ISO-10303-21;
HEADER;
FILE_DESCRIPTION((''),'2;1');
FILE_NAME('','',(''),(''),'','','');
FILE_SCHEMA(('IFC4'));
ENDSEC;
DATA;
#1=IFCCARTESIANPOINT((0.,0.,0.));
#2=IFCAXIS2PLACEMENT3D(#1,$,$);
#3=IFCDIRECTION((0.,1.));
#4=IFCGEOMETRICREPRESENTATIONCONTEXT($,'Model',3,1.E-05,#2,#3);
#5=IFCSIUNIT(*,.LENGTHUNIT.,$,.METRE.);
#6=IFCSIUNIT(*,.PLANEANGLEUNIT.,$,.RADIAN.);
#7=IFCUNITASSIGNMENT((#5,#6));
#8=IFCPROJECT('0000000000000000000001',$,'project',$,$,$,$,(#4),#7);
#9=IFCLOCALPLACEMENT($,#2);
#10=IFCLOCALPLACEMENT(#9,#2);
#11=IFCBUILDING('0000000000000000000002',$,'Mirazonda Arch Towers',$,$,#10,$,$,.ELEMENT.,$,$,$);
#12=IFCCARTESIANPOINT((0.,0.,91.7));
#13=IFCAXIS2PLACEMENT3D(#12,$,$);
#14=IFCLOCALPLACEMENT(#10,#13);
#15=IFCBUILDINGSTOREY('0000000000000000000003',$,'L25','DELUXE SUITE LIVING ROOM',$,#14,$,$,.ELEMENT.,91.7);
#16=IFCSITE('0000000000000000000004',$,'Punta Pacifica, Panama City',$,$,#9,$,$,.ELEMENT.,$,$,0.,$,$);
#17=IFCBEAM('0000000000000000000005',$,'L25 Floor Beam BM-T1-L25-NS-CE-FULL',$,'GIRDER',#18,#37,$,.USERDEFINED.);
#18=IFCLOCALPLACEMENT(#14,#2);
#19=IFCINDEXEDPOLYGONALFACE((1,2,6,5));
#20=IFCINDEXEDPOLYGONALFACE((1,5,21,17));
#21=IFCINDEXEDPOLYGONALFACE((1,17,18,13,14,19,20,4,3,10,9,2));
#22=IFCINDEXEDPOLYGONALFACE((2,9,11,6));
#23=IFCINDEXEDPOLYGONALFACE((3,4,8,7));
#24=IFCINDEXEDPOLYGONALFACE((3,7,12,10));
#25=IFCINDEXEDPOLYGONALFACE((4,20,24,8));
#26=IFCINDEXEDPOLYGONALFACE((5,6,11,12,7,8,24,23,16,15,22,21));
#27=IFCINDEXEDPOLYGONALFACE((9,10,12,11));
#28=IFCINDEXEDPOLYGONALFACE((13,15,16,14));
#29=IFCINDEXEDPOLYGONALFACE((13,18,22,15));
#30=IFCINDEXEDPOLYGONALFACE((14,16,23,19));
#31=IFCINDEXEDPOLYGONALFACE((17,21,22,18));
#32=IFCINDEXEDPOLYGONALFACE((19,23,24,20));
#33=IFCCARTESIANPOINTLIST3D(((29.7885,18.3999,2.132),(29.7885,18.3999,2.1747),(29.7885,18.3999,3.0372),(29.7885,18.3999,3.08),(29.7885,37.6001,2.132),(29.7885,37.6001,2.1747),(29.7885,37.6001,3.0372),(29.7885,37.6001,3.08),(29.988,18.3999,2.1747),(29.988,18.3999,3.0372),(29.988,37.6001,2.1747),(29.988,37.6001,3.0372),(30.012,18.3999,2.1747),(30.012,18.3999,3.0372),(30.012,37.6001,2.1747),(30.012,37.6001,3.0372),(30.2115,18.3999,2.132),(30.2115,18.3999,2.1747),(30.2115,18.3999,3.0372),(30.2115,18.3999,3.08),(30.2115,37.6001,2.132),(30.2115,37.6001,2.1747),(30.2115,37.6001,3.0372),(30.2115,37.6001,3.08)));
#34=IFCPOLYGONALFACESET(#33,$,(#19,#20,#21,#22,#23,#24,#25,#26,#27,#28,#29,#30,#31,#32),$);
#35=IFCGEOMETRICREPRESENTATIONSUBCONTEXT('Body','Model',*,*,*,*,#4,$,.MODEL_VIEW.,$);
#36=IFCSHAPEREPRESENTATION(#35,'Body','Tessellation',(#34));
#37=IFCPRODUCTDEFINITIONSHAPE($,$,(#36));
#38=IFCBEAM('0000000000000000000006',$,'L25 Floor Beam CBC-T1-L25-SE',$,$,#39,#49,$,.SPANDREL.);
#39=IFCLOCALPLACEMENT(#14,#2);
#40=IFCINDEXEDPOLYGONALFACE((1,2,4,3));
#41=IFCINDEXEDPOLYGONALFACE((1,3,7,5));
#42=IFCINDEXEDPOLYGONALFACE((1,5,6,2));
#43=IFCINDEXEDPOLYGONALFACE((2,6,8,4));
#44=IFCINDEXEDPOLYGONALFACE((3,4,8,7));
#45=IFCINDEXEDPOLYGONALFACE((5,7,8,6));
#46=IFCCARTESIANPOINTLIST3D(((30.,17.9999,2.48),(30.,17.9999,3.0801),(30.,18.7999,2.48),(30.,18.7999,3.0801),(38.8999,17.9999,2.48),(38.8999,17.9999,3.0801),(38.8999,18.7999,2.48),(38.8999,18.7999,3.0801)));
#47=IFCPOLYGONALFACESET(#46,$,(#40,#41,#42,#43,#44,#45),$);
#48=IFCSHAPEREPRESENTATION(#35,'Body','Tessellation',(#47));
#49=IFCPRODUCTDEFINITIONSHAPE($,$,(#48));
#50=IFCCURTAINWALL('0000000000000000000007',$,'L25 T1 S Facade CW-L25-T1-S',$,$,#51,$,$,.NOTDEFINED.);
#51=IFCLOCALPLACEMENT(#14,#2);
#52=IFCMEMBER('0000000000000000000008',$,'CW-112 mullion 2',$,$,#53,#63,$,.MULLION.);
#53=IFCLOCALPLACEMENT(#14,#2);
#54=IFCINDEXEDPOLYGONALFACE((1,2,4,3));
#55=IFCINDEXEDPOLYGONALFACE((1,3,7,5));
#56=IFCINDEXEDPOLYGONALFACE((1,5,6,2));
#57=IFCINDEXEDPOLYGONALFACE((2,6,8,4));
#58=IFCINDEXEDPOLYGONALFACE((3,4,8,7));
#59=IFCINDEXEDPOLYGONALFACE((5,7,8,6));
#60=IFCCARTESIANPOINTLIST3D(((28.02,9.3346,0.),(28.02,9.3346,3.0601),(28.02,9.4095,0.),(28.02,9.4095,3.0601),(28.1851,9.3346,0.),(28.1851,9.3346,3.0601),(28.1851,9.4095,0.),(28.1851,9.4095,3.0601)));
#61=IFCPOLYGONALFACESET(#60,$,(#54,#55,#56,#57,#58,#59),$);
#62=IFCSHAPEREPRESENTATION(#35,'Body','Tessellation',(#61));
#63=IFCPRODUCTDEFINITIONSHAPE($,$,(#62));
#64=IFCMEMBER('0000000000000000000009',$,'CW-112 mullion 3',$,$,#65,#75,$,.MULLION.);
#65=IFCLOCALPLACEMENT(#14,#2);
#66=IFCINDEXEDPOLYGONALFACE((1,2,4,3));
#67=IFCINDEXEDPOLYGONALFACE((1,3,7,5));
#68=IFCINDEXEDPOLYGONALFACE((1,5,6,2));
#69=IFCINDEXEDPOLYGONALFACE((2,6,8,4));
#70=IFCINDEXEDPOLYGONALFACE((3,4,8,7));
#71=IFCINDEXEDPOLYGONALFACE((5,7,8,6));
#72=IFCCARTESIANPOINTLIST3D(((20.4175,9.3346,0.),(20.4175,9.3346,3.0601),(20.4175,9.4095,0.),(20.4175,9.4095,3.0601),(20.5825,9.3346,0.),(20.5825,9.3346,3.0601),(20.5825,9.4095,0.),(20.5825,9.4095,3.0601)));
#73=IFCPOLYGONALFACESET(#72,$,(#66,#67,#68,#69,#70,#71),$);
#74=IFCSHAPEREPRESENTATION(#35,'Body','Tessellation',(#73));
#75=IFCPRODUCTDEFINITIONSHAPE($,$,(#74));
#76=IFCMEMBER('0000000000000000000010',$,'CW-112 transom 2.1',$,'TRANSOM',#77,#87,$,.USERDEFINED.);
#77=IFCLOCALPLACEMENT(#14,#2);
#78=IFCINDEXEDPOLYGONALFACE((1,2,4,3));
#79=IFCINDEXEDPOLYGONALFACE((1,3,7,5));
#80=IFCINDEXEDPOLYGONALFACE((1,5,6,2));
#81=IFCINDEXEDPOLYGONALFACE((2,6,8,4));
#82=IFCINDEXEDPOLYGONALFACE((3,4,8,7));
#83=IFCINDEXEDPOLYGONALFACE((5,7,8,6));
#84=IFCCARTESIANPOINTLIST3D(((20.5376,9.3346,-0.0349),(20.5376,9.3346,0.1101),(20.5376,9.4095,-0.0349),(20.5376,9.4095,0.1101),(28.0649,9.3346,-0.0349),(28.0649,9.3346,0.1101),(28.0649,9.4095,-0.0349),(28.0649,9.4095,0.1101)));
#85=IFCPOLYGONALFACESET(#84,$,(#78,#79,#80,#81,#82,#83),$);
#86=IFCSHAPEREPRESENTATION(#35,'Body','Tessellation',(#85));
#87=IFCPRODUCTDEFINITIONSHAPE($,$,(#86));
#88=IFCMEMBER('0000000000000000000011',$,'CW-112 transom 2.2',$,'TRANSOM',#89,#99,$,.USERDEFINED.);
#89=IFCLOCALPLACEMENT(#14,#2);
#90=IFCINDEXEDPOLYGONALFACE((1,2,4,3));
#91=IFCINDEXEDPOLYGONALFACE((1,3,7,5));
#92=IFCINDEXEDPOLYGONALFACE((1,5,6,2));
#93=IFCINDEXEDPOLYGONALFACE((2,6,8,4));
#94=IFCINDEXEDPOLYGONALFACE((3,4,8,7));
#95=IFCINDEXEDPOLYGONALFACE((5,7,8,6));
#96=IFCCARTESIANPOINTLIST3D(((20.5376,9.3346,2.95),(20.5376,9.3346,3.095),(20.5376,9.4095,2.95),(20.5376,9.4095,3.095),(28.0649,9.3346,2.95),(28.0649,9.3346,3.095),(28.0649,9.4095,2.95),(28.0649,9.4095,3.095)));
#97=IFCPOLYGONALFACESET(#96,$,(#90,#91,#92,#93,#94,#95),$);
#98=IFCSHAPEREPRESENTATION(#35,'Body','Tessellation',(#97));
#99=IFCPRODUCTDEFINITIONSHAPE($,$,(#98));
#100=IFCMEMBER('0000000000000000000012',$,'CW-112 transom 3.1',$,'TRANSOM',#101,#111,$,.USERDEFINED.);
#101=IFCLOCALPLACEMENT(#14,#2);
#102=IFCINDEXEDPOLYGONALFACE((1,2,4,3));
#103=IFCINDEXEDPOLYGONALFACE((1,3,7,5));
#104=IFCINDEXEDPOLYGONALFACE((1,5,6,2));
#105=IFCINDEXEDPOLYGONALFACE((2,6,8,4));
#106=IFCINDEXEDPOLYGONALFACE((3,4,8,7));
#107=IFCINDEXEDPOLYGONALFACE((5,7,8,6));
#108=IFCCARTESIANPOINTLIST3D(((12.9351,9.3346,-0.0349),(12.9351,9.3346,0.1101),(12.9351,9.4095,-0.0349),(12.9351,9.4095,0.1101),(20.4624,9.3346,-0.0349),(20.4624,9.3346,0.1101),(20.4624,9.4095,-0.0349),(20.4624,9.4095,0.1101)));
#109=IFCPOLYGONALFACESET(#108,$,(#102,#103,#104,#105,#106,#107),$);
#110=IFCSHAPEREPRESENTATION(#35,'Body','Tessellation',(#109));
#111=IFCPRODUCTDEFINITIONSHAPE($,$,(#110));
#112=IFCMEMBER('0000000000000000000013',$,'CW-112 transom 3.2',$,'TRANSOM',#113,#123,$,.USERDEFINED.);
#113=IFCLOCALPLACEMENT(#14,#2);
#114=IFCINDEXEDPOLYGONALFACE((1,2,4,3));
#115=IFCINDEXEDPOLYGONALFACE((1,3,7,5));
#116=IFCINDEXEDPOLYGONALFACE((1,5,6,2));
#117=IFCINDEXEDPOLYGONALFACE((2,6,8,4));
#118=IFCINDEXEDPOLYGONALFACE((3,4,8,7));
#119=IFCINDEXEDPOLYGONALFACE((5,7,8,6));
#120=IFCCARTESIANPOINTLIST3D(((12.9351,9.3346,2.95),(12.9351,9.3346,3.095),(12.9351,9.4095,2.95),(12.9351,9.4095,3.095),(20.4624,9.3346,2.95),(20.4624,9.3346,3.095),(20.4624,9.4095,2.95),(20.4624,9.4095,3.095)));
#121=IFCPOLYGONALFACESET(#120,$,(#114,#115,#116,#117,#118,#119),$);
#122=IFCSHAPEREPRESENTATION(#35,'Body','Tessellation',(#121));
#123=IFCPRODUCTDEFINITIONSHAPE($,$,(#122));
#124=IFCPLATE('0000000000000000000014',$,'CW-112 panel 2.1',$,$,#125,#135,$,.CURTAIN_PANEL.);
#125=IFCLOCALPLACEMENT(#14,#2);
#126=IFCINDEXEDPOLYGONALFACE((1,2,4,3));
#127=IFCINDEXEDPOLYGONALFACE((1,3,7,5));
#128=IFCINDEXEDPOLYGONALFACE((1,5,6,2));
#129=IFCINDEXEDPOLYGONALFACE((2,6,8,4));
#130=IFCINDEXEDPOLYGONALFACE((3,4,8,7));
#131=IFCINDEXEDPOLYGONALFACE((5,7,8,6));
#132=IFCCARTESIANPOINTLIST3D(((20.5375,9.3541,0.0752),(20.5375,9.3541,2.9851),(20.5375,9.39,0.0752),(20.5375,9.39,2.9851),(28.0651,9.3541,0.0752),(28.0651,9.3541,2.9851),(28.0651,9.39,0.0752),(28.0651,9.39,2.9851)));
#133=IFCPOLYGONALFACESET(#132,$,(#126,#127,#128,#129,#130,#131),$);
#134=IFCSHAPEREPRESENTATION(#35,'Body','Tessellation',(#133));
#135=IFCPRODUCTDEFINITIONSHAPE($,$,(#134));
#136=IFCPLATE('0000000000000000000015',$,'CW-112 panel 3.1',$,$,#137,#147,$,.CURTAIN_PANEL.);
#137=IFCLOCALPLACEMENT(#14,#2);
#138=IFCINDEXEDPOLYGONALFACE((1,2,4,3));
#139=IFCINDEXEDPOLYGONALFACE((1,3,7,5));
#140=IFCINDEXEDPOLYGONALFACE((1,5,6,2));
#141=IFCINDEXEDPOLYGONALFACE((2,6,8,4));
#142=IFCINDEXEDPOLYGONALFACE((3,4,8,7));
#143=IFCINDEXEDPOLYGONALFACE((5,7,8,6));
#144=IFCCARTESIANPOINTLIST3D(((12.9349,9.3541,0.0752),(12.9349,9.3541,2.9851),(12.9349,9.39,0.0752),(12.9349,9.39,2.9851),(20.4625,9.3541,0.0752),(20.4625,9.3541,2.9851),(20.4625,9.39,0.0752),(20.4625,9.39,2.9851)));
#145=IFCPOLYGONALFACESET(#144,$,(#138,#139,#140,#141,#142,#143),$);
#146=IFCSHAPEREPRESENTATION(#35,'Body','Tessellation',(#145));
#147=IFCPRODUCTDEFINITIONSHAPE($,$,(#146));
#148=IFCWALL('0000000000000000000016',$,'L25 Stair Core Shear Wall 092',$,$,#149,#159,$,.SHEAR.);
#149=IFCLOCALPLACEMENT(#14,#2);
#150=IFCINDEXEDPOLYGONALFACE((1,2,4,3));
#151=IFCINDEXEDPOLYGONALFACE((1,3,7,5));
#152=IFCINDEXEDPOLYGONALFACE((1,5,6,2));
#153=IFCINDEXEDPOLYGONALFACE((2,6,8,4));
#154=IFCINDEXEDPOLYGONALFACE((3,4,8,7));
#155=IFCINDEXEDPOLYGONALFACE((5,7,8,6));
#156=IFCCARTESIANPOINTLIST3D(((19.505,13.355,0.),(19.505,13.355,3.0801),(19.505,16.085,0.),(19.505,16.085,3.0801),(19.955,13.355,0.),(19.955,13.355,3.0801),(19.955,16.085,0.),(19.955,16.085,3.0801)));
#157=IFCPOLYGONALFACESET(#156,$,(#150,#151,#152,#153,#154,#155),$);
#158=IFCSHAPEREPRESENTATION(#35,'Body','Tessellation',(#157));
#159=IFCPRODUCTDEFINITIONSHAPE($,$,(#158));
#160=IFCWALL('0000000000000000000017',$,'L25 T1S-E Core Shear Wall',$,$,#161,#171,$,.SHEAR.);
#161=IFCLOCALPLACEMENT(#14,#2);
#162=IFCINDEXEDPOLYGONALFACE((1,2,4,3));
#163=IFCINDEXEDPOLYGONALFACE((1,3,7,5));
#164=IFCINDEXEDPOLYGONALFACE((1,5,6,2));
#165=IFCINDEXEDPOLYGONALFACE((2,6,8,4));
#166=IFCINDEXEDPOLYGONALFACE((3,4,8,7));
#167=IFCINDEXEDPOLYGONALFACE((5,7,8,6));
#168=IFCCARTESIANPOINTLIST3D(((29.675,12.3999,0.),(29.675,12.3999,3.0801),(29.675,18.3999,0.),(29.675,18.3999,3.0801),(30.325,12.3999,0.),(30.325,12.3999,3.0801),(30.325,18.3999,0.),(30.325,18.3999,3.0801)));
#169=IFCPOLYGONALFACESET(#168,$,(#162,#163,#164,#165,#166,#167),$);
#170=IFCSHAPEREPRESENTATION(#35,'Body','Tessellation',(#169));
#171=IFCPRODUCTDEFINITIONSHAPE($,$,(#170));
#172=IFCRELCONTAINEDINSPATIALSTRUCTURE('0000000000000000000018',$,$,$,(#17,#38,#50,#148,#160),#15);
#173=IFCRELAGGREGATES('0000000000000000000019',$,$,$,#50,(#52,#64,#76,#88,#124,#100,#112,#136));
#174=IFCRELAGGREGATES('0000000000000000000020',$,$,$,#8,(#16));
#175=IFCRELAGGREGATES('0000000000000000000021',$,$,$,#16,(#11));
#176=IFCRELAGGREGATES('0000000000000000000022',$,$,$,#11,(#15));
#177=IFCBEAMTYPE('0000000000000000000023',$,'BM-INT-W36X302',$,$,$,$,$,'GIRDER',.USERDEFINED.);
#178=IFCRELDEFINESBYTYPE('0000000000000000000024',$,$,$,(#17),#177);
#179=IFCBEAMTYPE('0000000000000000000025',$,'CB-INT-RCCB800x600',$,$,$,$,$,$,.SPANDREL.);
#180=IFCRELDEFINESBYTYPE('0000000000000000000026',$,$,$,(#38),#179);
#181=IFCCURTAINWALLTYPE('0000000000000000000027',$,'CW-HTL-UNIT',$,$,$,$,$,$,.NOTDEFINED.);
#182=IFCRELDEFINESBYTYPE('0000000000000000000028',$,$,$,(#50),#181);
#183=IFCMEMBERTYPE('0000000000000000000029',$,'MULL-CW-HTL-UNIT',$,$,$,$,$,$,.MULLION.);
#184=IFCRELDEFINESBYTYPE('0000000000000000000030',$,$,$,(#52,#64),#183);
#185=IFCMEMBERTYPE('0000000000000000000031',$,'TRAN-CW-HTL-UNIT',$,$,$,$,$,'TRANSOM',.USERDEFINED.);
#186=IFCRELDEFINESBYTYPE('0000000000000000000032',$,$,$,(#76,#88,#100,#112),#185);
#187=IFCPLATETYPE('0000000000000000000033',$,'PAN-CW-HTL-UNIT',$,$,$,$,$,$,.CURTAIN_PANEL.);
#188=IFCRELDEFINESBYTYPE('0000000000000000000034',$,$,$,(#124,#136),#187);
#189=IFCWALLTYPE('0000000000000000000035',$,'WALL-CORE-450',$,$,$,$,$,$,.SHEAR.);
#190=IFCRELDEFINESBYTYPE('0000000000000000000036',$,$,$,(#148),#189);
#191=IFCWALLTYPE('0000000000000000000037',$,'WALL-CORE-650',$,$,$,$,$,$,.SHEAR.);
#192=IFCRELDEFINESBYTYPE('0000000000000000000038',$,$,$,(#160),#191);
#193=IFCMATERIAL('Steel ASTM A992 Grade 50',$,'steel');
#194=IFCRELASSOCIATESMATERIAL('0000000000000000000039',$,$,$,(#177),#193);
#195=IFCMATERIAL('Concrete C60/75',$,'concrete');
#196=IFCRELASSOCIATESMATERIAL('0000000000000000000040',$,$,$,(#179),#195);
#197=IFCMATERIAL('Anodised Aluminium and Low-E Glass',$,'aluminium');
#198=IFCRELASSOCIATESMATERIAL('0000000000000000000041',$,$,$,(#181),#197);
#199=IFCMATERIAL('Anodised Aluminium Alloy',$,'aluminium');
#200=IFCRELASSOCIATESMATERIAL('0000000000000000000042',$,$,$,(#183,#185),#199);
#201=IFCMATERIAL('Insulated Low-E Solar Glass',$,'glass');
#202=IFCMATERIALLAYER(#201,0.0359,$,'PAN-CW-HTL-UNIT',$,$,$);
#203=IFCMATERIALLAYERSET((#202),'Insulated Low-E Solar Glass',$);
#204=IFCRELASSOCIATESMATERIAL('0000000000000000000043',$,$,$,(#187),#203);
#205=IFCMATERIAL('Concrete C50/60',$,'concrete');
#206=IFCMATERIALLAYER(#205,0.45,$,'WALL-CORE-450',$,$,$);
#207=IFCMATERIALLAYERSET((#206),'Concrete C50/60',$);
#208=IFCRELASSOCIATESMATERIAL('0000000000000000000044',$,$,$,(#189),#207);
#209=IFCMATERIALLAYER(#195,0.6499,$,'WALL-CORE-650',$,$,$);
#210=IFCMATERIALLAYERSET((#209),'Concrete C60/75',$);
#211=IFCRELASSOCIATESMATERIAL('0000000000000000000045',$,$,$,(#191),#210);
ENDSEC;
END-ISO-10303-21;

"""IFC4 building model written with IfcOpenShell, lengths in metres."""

from ifc_helpers import new_model, si_unit, direction, frame, frame_2d, origin, origin_2d, place, context, subcontext, project, spatial, rectangle, i_section, extrude, material, layer, layer_set, material_profile, profile_set, type_object, element, aggregate, save


model = new_model("IFC4")

# Units and contexts
model_context = context("Model", 3, precision=1e-05, world=origin(), true_north=direction((0.0, 1.0)))
body_context = subcontext(model_context, "Body", "Model", "MODEL_VIEW")
ifc_project = project(units=[si_unit("LENGTHUNIT", "METRE"), si_unit("PLANEANGLEUNIT", "RADIAN")], contexts=[model_context])

# Site, building, storey
site_placement = place(None, origin())
site = spatial("IfcSite", under=ifc_project, at=site_placement, Name="Punta Pacifica, Panama City", CompositionType="ELEMENT", RefElevation=0.0)
building_placement = place(site_placement, origin())
building = spatial("IfcBuilding", under=site, at=building_placement, Name="Mirazonda Arch Towers", CompositionType="ELEMENT")
storey_placement = place(building_placement, frame((0.0, 0.0, 91.7)))
storey = spatial("IfcBuildingStorey", under=building, at=storey_placement, Name="L25", Description="DELUXE SUITE LIVING ROOM", CompositionType="ELEMENT", Elevation=91.7)

# Shared definitions
ifc_material_1 = material(Name="Concrete C50/60", Category="concrete")

# Beams
ifc_material_2 = material(Name="Steel ASTM A992 Grade 50", Category="steel")
ifc_material_profile_1 = material_profile(ifc_material_2, i_section(OverallWidth=0.4231, OverallDepth=0.948, WebThickness=0.0239, FlangeThickness=0.0427, at=origin_2d()), Name="W36X302")
ifc_profile_set_1 = profile_set([ifc_material_profile_1], Name="Steel ASTM A992 Grade 50")
beam_type_1 = type_object("IfcBeamType", Name="BM-INT-W36X302", ElementType="GIRDER", PredefinedType="USERDEFINED", material=ifc_profile_set_1)
beam_1_placement = place(storey_placement, frame((30.0, 18.3999, 2.606), z_axis=(0.0, 1.0, 0.0), x_axis=(-1.0, 0.0, 0.0)))
element("IfcBeam", 1, at=beam_1_placement, inside=storey, type_object=beam_type_1, Name="L25 Floor Beam BM-T1-L25-NS-CE-FULL", ObjectType="GIRDER", PredefinedType="USERDEFINED", context=body_context, shape_type="SweptSolid", body=[
    extrude(i_section(OverallWidth=0.4231, OverallDepth=0.948, WebThickness=0.0239, FlangeThickness=0.0427, at=origin_2d()), origin(), (0.0, 0.0, 1.0), 19.2002),
])
ifc_material_3 = material(Name="Concrete C60/75", Category="concrete")
ifc_material_profile_2 = material_profile(ifc_material_3, rectangle(XDim=0.8, YDim=0.6001, at=origin_2d()), Name="RCCB800x600")
ifc_profile_set_2 = profile_set([ifc_material_profile_2], Name="Concrete C60/75")
beam_type_2 = type_object("IfcBeamType", Name="CB-INT-RCCB800x600", PredefinedType="SPANDREL", material=ifc_profile_set_2)
beam_2_placement = place(storey_placement, frame((30.0, 18.3999, 2.78), z_axis=(1.0, 0.0, 0.0), x_axis=(0.0, 1.0, 0.0)))
element("IfcBeam", 2, at=beam_2_placement, inside=storey, type_object=beam_type_2, Name="L25 Floor Beam CBC-T1-L25-SE", PredefinedType="SPANDREL", context=body_context, shape_type="SweptSolid", body=[
    extrude(rectangle(XDim=0.8, YDim=0.6001, at=origin_2d()), origin(), (0.0, 0.0, 1.0), 8.8999),
])

# Curtain wall, members, plates
ifc_material_4 = material(Name="Anodised Aluminium and Low-E Glass", Category="aluminium")
curtain_wall_type = type_object("IfcCurtainWallType", Name="CW-HTL-UNIT", PredefinedType="NOTDEFINED", material=ifc_material_4)
curtain_wall_placement = place(storey_placement, origin())
curtain_wall = element("IfcCurtainWall", 3, at=curtain_wall_placement, inside=storey, type_object=curtain_wall_type, Name="L25 T1 S Facade CW-L25-T1-S", PredefinedType="NOTDEFINED")
ifc_material_5 = material(Name="Anodised Aluminium Alloy", Category="aluminium")
ifc_material_profile_3 = material_profile(ifc_material_5, rectangle(XDim=0.075, YDim=0.165, at=origin_2d()), Name="ALU-MULL-75x165")
ifc_profile_set_3 = profile_set([ifc_material_profile_3], Name="Anodised Aluminium Alloy")
member_type_1 = type_object("IfcMemberType", Name="MULL-CW-HTL-UNIT", PredefinedType="MULLION", material=ifc_profile_set_3)
member_1_placement = place(storey_placement, frame((28.1025, 9.3721, 0.0), z_axis=(0.0, 0.0, 1.0), x_axis=(0.0, -1.0, 0.0)))
member_1 = element("IfcMember", 4, at=member_1_placement, type_object=member_type_1, Name="CW-112 mullion 2", PredefinedType="MULLION", context=body_context, shape_type="SweptSolid", body=[
    extrude(rectangle(XDim=0.075, YDim=0.165, at=origin_2d()), origin(), (0.0, 0.0, 1.0), 3.0601),
])
member_2_placement = place(storey_placement, frame((20.5, 9.3721, 0.0), z_axis=(0.0, 0.0, 1.0), x_axis=(0.0, -1.0, 0.0)))
member_2 = element("IfcMember", 5, at=member_2_placement, type_object=member_type_1, Name="CW-112 mullion 3", PredefinedType="MULLION", context=body_context, shape_type="SweptSolid", body=[
    extrude(rectangle(XDim=0.075, YDim=0.165, at=origin_2d()), origin(), (0.0, 0.0, 1.0), 3.0601),
])
ifc_material_profile_4 = material_profile(ifc_material_5, rectangle(XDim=0.075, YDim=0.145, at=origin_2d()), Name="ALU-TRAN-75x145")
ifc_profile_set_4 = profile_set([ifc_material_profile_4], Name="Anodised Aluminium Alloy")
member_type_2 = type_object("IfcMemberType", Name="TRAN-CW-HTL-UNIT", ElementType="TRANSOM", PredefinedType="USERDEFINED", material=ifc_profile_set_4)
member_3_placement = place(storey_placement, frame((28.0649, 9.3721, 0.0376), z_axis=(-1.0, 0.0, 0.0), x_axis=(0.0, -1.0, 0.0)))
member_3 = element("IfcMember", 6, at=member_3_placement, type_object=member_type_2, Name="CW-112 transom 2.1", ObjectType="TRANSOM", PredefinedType="USERDEFINED", context=body_context, shape_type="SweptSolid", body=[
    extrude(rectangle(XDim=0.075, YDim=0.145, at=origin_2d()), origin(), (0.0, 0.0, 1.0), 7.5273),
])
member_4_placement = place(storey_placement, frame((28.0649, 9.3721, 3.0225), z_axis=(-1.0, 0.0, 0.0), x_axis=(0.0, -1.0, 0.0)))
member_4 = element("IfcMember", 7, at=member_4_placement, type_object=member_type_2, Name="CW-112 transom 2.2", ObjectType="TRANSOM", PredefinedType="USERDEFINED", context=body_context, shape_type="SweptSolid", body=[
    extrude(rectangle(XDim=0.075, YDim=0.145, at=origin_2d()), origin(), (0.0, 0.0, 1.0), 7.5273),
])
member_5_placement = place(storey_placement, frame((20.4624, 9.3721, 0.0376), z_axis=(-1.0, 0.0, 0.0), x_axis=(0.0, -1.0, 0.0)))
member_5 = element("IfcMember", 8, at=member_5_placement, type_object=member_type_2, Name="CW-112 transom 3.1", ObjectType="TRANSOM", PredefinedType="USERDEFINED", context=body_context, shape_type="SweptSolid", body=[
    extrude(rectangle(XDim=0.075, YDim=0.145, at=origin_2d()), origin(), (0.0, 0.0, 1.0), 7.5273),
])
member_6_placement = place(storey_placement, frame((20.4624, 9.3721, 3.0225), z_axis=(-1.0, 0.0, 0.0), x_axis=(0.0, -1.0, 0.0)))
member_6 = element("IfcMember", 9, at=member_6_placement, type_object=member_type_2, Name="CW-112 transom 3.2", ObjectType="TRANSOM", PredefinedType="USERDEFINED", context=body_context, shape_type="SweptSolid", body=[
    extrude(rectangle(XDim=0.075, YDim=0.145, at=origin_2d()), origin(), (0.0, 0.0, 1.0), 7.5273),
])
ifc_material_6 = material(Name="Insulated Low-E Solar Glass", Category="glass")
ifc_layer_1 = layer(ifc_material_6, 0.0359, Name="PAN-CW-HTL-UNIT")
ifc_layer_set_1 = layer_set([ifc_layer_1], Name="Insulated Low-E Solar Glass")
plate_type = type_object("IfcPlateType", Name="PAN-CW-HTL-UNIT", PredefinedType="CURTAIN_PANEL", material=ifc_layer_set_1)
plate_1_placement = place(storey_placement, frame((24.3013, 9.3721, 0.0752), z_axis=(0.0, 0.0, 1.0), x_axis=(-1.0, 0.0, 0.0)))
plate_1 = element("IfcPlate", 10, at=plate_1_placement, type_object=plate_type, Name="CW-112 panel 2.1", PredefinedType="CURTAIN_PANEL", context=body_context, shape_type="SweptSolid", body=[
    extrude(rectangle(XDim=7.5276, YDim=0.0359, at=origin_2d()), origin(), (0.0, 0.0, 1.0), 2.9099),
])
plate_2_placement = place(storey_placement, frame((16.6987, 9.3721, 0.0752), z_axis=(0.0, 0.0, 1.0), x_axis=(-1.0, 0.0, 0.0)))
plate_2 = element("IfcPlate", 11, at=plate_2_placement, type_object=plate_type, Name="CW-112 panel 3.1", PredefinedType="CURTAIN_PANEL", context=body_context, shape_type="SweptSolid", body=[
    extrude(rectangle(XDim=7.5276, YDim=0.0359, at=origin_2d()), origin(), (0.0, 0.0, 1.0), 2.9099),
])
aggregate(curtain_wall, [member_1, member_2, member_3, member_4, plate_1, member_5, member_6, plate_2])

# Walls
ifc_layer_2 = layer(ifc_material_1, 0.45, Name="WALL-CORE-450")
ifc_layer_set_2 = layer_set([ifc_layer_2], Name="Concrete C50/60")
wall_type_1 = type_object("IfcWallType", Name="WALL-CORE-450", PredefinedType="SHEAR", material=ifc_layer_set_2)
wall_1_placement = place(storey_placement, frame((19.73, 13.355, 0.0), z_axis=(0.0, 0.0, 1.0), x_axis=(0.0, 1.0, 0.0)))
element("IfcWall", 12, at=wall_1_placement, inside=storey, type_object=wall_type_1, Name="L25 Stair Core Shear Wall 092", PredefinedType="SHEAR", context=body_context, shape_type="SweptSolid", body=[
    extrude(rectangle(XDim=2.73, YDim=0.45, at=frame_2d((1.365, 0.0))), origin(), (0.0, 0.0, 1.0), 3.0801),
])
ifc_layer_3 = layer(ifc_material_3, 0.6499, Name="WALL-CORE-650")
ifc_layer_set_3 = layer_set([ifc_layer_3], Name="Concrete C60/75")
wall_type_2 = type_object("IfcWallType", Name="WALL-CORE-650", PredefinedType="SHEAR", material=ifc_layer_set_3)
wall_2_placement = place(storey_placement, frame((30.0, 12.3999, 0.0), z_axis=(0.0, 0.0, 1.0), x_axis=(0.0, 1.0, 0.0)))
element("IfcWall", 13, at=wall_2_placement, inside=storey, type_object=wall_type_2, Name="L25 T1S-E Core Shear Wall", PredefinedType="SHEAR", context=body_context, shape_type="SweptSolid", body=[
    extrude(rectangle(XDim=6.0, YDim=0.6499, at=frame_2d((3.0, 0.0))), origin(), (0.0, 0.0, 1.0), 3.0801),
])

save(model, "model.ifc")
